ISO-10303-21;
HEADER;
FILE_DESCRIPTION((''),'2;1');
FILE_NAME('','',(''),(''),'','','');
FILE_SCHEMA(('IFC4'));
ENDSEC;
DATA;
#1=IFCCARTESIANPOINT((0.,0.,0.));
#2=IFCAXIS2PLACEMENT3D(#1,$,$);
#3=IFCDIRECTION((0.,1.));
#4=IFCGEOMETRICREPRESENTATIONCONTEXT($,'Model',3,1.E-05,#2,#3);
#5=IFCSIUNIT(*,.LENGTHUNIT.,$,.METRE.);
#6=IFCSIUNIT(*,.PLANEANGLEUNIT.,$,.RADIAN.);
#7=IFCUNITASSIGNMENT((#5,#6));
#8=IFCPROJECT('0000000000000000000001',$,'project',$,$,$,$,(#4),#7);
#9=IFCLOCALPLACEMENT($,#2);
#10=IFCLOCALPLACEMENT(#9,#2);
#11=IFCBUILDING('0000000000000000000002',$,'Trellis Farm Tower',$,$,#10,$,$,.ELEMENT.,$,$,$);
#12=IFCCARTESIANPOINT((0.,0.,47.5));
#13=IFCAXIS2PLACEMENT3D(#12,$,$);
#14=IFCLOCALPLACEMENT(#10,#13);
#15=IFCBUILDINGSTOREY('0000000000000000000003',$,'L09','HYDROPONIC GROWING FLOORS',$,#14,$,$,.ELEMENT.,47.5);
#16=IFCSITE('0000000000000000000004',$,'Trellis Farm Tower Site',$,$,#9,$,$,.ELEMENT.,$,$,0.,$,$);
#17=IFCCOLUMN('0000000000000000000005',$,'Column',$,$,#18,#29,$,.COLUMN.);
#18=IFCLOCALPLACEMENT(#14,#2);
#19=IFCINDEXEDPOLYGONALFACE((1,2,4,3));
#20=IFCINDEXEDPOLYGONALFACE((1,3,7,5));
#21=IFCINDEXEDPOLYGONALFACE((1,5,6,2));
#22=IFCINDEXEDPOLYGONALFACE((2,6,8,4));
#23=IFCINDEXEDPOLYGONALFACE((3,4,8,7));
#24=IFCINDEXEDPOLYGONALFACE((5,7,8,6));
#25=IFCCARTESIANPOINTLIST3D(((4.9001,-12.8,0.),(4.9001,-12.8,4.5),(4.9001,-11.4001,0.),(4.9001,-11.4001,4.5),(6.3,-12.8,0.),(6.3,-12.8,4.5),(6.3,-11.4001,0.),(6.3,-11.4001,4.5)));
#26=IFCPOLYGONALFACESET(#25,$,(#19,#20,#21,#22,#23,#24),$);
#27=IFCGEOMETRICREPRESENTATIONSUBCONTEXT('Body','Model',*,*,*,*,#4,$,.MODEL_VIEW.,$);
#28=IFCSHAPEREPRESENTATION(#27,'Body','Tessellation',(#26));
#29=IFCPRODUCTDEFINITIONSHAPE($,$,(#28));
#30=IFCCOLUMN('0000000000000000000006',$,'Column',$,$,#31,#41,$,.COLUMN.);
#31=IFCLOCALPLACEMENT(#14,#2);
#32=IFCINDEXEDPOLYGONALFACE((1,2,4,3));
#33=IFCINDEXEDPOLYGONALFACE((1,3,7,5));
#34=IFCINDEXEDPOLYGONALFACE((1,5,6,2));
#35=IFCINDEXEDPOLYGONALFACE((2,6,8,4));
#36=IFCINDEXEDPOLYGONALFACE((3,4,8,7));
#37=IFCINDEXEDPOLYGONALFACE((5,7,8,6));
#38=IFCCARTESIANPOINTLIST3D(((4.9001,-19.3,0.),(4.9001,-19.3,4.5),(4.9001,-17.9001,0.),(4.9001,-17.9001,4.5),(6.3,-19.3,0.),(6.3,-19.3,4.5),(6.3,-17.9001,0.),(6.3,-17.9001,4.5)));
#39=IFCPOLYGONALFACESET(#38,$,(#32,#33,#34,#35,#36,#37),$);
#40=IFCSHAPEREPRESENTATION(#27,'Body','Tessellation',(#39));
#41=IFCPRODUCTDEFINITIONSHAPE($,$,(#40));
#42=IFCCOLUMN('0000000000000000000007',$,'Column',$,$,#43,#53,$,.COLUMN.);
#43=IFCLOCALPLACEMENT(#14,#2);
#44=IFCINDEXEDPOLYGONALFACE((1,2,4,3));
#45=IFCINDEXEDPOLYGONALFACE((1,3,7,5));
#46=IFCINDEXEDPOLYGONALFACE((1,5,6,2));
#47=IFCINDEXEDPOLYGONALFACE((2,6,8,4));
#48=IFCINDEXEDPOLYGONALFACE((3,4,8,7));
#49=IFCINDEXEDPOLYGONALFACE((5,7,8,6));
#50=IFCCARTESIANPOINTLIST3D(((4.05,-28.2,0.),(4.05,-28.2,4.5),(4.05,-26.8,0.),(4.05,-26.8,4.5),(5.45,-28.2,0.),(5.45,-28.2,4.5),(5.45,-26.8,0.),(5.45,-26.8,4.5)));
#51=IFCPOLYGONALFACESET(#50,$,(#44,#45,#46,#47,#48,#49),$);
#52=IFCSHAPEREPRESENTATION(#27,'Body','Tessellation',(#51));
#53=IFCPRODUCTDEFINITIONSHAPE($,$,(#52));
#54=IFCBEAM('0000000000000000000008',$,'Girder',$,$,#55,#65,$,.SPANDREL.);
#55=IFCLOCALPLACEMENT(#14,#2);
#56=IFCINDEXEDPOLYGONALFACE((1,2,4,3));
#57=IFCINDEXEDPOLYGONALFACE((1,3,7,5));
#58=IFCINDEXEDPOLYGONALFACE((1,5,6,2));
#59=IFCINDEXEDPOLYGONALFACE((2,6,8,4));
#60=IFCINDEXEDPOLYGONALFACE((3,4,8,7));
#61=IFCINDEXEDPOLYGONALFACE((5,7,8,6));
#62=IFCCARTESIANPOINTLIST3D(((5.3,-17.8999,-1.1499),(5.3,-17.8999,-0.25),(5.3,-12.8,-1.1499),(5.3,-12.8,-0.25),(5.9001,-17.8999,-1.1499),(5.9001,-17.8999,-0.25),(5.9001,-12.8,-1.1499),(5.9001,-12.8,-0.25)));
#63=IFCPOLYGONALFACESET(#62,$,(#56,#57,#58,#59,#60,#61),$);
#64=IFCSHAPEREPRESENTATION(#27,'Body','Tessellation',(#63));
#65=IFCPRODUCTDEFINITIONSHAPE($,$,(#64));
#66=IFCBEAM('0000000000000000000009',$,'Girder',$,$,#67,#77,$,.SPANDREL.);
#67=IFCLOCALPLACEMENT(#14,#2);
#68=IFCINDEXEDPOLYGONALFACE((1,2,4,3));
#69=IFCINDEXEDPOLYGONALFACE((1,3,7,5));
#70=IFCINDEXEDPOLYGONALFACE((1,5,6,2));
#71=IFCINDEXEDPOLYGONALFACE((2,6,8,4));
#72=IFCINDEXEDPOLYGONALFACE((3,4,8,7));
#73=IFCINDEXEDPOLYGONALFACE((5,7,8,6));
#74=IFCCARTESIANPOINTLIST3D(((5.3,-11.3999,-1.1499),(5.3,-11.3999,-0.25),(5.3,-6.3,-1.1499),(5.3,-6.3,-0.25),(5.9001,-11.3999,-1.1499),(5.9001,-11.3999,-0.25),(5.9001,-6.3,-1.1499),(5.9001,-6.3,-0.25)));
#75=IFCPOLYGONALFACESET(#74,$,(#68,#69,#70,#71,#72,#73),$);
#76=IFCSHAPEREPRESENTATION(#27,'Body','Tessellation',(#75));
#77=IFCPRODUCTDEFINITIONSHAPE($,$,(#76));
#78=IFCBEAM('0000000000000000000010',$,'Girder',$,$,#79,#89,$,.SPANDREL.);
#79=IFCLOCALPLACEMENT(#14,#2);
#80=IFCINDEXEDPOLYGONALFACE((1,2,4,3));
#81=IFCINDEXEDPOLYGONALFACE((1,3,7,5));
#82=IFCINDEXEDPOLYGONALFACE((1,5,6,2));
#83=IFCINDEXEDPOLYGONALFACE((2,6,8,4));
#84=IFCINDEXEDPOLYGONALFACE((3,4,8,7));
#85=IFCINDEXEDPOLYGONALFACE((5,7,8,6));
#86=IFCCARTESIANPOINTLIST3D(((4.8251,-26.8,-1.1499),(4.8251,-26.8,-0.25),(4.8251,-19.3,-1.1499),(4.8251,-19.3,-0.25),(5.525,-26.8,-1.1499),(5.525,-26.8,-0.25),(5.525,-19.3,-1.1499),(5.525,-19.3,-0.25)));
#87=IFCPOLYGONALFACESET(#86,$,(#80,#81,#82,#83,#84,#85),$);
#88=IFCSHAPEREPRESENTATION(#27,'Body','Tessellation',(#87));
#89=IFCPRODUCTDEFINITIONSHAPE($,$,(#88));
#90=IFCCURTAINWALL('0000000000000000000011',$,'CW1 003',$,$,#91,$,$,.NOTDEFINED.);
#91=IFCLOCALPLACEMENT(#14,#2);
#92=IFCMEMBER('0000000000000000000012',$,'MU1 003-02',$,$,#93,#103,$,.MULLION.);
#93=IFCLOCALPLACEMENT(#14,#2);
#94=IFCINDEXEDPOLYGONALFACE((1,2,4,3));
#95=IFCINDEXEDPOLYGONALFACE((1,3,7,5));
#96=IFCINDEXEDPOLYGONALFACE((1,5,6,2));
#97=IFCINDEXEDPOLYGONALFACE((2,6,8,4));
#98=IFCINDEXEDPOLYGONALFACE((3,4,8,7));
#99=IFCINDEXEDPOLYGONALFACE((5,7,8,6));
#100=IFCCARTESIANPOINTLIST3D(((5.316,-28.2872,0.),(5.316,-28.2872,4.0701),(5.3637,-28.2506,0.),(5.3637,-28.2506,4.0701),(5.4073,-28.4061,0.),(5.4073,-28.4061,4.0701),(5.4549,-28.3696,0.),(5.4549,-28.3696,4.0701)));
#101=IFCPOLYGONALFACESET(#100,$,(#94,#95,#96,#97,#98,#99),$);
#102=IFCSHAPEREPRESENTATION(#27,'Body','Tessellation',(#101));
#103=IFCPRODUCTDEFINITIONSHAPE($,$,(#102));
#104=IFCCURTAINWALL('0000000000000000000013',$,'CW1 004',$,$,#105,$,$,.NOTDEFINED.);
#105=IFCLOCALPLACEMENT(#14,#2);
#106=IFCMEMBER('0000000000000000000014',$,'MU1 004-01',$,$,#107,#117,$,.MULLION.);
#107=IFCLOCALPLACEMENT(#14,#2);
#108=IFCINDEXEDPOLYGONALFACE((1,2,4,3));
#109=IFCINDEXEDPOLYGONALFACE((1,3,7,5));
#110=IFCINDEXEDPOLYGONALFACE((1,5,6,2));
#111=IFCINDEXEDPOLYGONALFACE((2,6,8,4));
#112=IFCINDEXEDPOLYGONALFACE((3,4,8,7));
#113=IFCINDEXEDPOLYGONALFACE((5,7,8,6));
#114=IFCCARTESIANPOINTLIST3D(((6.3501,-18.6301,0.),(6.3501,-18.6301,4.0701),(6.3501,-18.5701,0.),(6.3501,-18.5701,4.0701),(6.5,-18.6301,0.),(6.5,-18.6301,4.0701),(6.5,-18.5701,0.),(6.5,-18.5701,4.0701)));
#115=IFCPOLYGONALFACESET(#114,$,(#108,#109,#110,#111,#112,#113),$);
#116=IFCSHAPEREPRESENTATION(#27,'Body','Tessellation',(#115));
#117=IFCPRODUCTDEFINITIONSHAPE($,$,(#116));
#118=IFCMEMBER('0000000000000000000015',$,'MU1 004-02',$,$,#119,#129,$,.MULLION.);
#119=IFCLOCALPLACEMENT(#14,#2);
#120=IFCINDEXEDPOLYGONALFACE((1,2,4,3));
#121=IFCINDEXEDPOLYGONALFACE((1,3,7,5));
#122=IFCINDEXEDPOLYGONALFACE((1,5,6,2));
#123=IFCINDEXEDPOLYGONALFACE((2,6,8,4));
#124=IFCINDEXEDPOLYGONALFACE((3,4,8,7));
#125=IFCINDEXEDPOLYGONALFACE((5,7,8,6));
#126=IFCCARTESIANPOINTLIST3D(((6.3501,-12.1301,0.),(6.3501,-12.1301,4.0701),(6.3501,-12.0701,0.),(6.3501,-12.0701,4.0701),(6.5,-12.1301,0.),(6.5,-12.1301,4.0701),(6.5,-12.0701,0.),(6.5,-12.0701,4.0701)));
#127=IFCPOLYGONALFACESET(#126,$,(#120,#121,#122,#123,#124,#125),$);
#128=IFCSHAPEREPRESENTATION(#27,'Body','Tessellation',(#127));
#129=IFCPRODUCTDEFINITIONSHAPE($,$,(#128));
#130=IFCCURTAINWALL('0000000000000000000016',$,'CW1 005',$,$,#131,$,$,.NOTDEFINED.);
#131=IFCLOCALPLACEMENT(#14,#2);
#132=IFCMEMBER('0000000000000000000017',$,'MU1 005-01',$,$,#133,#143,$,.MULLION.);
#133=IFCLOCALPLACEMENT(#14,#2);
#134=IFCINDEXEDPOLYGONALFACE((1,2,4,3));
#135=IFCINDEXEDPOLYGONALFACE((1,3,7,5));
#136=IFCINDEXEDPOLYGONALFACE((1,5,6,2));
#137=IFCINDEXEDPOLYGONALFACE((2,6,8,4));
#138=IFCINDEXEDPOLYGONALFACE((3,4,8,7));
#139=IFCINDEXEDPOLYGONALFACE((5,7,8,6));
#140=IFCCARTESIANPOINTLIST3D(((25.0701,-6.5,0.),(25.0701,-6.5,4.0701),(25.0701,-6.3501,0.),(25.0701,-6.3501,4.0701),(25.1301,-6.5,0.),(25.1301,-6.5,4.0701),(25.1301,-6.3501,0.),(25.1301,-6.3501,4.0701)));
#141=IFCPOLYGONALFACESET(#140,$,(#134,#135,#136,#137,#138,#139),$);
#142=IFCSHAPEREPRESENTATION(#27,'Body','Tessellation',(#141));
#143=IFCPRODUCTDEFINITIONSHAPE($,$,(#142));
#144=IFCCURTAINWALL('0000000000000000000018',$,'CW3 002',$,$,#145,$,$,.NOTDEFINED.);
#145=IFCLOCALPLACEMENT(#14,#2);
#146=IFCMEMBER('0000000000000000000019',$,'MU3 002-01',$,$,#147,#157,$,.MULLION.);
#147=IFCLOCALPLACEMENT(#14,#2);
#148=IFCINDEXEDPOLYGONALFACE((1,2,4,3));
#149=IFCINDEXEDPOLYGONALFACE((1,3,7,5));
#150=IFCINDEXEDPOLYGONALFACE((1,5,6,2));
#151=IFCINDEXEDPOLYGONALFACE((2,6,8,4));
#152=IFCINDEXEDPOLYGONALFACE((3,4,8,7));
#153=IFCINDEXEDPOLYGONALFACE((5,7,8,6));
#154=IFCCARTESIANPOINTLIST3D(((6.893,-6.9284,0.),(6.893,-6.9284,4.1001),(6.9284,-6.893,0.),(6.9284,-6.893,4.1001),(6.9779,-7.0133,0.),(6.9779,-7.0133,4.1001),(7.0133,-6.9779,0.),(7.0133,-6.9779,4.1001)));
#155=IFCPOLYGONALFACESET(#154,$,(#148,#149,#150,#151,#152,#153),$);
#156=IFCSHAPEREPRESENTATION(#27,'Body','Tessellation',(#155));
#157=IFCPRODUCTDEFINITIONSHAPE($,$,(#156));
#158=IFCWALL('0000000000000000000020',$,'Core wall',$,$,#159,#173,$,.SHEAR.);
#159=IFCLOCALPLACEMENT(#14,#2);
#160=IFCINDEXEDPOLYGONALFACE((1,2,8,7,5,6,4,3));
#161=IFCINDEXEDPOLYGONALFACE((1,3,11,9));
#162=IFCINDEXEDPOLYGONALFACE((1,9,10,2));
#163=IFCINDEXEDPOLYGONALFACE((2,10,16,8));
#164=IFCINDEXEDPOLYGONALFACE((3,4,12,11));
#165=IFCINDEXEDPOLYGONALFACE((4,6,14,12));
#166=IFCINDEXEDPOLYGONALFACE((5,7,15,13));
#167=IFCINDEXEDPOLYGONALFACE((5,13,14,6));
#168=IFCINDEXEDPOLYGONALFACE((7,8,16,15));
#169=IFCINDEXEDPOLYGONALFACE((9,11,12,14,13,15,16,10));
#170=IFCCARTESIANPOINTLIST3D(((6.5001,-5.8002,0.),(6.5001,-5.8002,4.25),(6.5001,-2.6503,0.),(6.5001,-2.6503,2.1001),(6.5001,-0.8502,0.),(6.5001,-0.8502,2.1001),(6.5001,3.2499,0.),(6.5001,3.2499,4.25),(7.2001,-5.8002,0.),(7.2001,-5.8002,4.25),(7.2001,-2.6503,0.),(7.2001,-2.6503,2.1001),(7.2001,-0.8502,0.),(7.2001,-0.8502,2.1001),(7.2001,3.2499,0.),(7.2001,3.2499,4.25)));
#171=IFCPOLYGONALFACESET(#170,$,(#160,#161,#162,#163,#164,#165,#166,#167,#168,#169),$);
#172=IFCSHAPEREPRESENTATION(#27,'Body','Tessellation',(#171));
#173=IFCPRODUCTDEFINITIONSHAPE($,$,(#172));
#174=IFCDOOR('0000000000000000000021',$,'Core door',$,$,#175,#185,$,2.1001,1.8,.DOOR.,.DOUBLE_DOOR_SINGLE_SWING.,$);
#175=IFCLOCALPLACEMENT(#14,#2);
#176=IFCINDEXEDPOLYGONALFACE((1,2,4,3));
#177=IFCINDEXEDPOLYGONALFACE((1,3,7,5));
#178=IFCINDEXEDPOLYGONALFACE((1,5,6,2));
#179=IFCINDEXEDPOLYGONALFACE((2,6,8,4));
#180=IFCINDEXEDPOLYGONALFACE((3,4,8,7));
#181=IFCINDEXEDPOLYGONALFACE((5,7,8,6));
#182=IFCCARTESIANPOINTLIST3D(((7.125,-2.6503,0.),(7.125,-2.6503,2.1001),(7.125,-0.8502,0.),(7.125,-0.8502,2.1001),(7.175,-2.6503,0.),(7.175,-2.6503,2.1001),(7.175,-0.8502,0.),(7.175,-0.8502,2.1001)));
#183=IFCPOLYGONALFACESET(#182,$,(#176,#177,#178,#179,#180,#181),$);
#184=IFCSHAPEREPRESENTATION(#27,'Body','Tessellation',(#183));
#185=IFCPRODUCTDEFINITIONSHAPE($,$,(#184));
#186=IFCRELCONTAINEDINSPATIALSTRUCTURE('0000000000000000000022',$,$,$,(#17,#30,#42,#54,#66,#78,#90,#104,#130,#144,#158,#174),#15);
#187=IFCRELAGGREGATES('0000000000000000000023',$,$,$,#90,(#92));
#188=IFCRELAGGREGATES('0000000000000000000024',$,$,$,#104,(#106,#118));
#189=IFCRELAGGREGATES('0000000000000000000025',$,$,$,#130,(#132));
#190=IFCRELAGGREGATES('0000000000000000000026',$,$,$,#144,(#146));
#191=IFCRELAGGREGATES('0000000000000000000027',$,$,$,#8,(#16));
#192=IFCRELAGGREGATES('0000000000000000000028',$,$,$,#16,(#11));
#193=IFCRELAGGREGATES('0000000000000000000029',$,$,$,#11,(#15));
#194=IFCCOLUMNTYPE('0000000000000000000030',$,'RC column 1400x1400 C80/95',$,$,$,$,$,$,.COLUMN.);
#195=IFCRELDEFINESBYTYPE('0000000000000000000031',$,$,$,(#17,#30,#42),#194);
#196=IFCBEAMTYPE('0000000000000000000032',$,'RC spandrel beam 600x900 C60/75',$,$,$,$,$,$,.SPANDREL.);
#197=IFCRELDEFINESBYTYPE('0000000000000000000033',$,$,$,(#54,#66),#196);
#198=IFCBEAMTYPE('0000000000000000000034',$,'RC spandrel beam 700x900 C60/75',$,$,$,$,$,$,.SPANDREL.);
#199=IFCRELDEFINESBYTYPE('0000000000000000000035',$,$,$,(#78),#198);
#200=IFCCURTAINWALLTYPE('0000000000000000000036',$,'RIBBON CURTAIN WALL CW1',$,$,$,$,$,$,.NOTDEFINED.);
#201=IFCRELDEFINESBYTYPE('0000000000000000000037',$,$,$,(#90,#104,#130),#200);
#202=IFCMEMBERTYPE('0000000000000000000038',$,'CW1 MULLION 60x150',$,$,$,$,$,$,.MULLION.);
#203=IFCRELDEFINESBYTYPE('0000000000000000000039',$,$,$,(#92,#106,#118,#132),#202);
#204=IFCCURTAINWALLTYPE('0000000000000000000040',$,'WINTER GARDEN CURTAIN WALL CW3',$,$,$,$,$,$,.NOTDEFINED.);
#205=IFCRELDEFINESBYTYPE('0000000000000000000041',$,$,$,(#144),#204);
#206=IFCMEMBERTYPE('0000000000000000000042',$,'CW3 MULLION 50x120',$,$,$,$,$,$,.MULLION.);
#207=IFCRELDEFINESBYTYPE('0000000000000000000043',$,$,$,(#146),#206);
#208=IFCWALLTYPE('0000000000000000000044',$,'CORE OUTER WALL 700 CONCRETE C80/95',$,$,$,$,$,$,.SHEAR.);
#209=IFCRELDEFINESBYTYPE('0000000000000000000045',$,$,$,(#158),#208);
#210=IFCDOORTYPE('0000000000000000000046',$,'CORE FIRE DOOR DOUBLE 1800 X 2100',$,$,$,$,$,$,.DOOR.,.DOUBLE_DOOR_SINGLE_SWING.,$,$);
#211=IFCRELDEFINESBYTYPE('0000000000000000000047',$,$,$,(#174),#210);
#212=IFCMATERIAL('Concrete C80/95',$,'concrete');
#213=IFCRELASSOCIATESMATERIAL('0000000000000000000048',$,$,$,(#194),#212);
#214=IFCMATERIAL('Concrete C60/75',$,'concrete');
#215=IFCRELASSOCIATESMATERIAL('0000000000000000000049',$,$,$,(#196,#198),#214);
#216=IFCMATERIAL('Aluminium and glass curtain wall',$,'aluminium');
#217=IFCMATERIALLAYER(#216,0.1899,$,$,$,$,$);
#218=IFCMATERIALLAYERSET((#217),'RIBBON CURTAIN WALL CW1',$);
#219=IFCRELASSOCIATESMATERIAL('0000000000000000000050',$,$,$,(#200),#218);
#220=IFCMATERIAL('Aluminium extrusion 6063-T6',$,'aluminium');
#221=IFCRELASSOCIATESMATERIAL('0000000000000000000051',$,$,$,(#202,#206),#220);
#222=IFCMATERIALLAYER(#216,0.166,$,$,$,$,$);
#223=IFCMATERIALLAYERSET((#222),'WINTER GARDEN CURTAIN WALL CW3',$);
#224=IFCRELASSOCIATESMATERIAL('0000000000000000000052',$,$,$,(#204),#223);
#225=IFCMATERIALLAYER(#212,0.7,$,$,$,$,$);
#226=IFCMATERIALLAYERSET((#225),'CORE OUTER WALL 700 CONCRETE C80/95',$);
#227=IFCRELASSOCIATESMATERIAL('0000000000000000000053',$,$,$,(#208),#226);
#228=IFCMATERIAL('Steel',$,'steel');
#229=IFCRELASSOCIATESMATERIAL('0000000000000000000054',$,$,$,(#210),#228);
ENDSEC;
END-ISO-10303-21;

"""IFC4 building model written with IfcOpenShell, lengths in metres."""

from ifc_helpers import new_model, si_unit, direction, frame, frame_2d, origin, origin_2d, place, context, subcontext, project, spatial, rectangle, extrude, source, transform, mapped, material, layer, layer_set, material_profile, profile_set, type_object, element, fill, aggregate, save


model = new_model("IFC4")

# Units and contexts
model_context = context("Model", 3, precision=1e-05, world=origin(), true_north=direction((0.0, 1.0)))
body_context = subcontext(model_context, "Body", "Model", "MODEL_VIEW")
ifc_project = project(units=[si_unit("LENGTHUNIT", "METRE"), si_unit("PLANEANGLEUNIT", "RADIAN")], contexts=[model_context])

# Site, building, storey
site_placement = place(None, origin())
site = spatial("IfcSite", under=ifc_project, at=site_placement, Name="Trellis Farm Tower Site", CompositionType="ELEMENT", RefElevation=0.0)
building_placement = place(site_placement, origin())
building = spatial("IfcBuilding", under=site, at=building_placement, Name="Trellis Farm Tower", CompositionType="ELEMENT")
storey_placement = place(building_placement, frame((0.0, 0.0, 47.5)))
storey = spatial("IfcBuildingStorey", under=building, at=storey_placement, Name="L09", Description="HYDROPONIC GROWING FLOORS", CompositionType="ELEMENT", Elevation=47.5)

# Columns
ifc_material_1 = material(Name="Concrete C80/95", Category="concrete")
ifc_material_profile_1 = material_profile(ifc_material_1, rectangle(XDim=1.3999, YDim=1.3999, at=origin_2d()), Name="RC column 1400x1400 C80/95")
ifc_profile_set_1 = profile_set([ifc_material_profile_1], Name="Concrete C80/95")
column_type = type_object("IfcColumnType", Name="RC column 1400x1400 C80/95", PredefinedType="COLUMN", material=ifc_profile_set_1)
shared_shape_1 = source(origin(), body_context, "Body", "SweptSolid", [
    extrude(rectangle(XDim=1.3999, YDim=1.3999, at=origin_2d()), origin(), (0.0, 0.0, 1.0), 4.5),
])
for number, where, z_axis, x_axis, name in (
    (1, (5.6001, -12.1001, 0.0), (0.0, 0.0, 1.0), (1.0, 0.0, 0.0), "Column"),
    (2, (5.6001, -18.6001, 0.0), (0.0, 0.0, 1.0), (1.0, 0.0, 0.0), "Column"),
    (3, (4.75, -27.5, 0.0), (0.0, 0.0, 1.0), (1.0, 0.0, 0.0), "Column"),
):
    element("IfcColumn", number, at=place(storey_placement, frame(where, z_axis=z_axis, x_axis=x_axis)), inside=storey, type_object=column_type, Name=name, PredefinedType="COLUMN", context=body_context, shape_type="MappedRepresentation", body=[
        mapped(shared_shape_1, transform((0.0, 0.0, 0.0))),
    ])

# Beams
ifc_material_2 = material(Name="Concrete C60/75", Category="concrete")
ifc_material_profile_2 = material_profile(ifc_material_2, rectangle(XDim=0.6001, YDim=0.8999, at=origin_2d()), Name="RC spandrel beam 600x900 C60/75")
ifc_profile_set_2 = profile_set([ifc_material_profile_2], Name="Concrete C60/75")
beam_type_1 = type_object("IfcBeamType", Name="RC spandrel beam 600x900 C60/75", PredefinedType="SPANDREL", material=ifc_profile_set_2)
shared_shape_2 = source(origin(), body_context, "Body", "SweptSolid", [
    extrude(rectangle(XDim=0.6001, YDim=0.8999, at=origin_2d()), origin(), (0.0, 0.0, 1.0), 5.0999),
])
for number, where, z_axis, x_axis, name in (
    (4, (5.6001, -17.8999, -0.7), (0.0, 1.0, 0.0), (-1.0, 0.0, 0.0), "Girder"),
    (5, (5.6001, -11.3999, -0.7), (0.0, 1.0, 0.0), (-1.0, 0.0, 0.0), "Girder"),
):
    element("IfcBeam", number, at=place(storey_placement, frame(where, z_axis=z_axis, x_axis=x_axis)), inside=storey, type_object=beam_type_1, Name=name, PredefinedType="SPANDREL", context=body_context, shape_type="MappedRepresentation", body=[
        mapped(shared_shape_2, transform((0.0, 0.0, 0.0))),
    ])
ifc_material_profile_3 = material_profile(ifc_material_2, rectangle(XDim=0.7, YDim=0.8999, at=origin_2d()), Name="RC spandrel beam 700x900 C60/75")
ifc_profile_set_3 = profile_set([ifc_material_profile_3], Name="Concrete C60/75")
beam_type_2 = type_object("IfcBeamType", Name="RC spandrel beam 700x900 C60/75", PredefinedType="SPANDREL", material=ifc_profile_set_3)
shared_shape_3 = source(origin(), body_context, "Body", "SweptSolid", [
    extrude(rectangle(XDim=0.7, YDim=0.8999, at=origin_2d()), origin(), (0.0, 0.0, 1.0), 7.5),
])
beam_placement = place(storey_placement, frame((5.175, -26.8, -0.7), z_axis=(0.0, 1.0, 0.0), x_axis=(-1.0, 0.0, 0.0)))
element("IfcBeam", 6, at=beam_placement, inside=storey, type_object=beam_type_2, Name="Girder", PredefinedType="SPANDREL", context=body_context, shape_type="MappedRepresentation", body=[
    mapped(shared_shape_3, transform((0.0, 0.0, 0.0))),
])

# Curtain wall, member
ifc_material_3 = material(Name="Aluminium and glass curtain wall", Category="aluminium")
ifc_layer_1 = layer(ifc_material_3, 0.1899)
ifc_layer_set_1 = layer_set([ifc_layer_1], Name="RIBBON CURTAIN WALL CW1")
curtain_wall_type_1 = type_object("IfcCurtainWallType", Name="RIBBON CURTAIN WALL CW1", PredefinedType="NOTDEFINED", material=ifc_layer_set_1)
placement = place(storey_placement, origin())
curtain_wall_1 = element("IfcCurtainWall", 7, at=placement, inside=storey, type_object=curtain_wall_type_1, Name="CW1 003", PredefinedType="NOTDEFINED")
ifc_material_4 = material(Name="Aluminium extrusion 6063-T6", Category="aluminium")
ifc_material_profile_4 = material_profile(ifc_material_4, rectangle(XDim=0.0601, YDim=0.1499, at=origin_2d()), Name="MULLION 60x150")
ifc_profile_set_4 = profile_set([ifc_material_profile_4], Name="Aluminium extrusion 6063-T6")
member_type_1 = type_object("IfcMemberType", Name="CW1 MULLION 60x150", PredefinedType="MULLION", material=ifc_profile_set_4)
shared_shape_4 = source(origin(), body_context, "Body", "SweptSolid", [
    extrude(rectangle(XDim=0.0601, YDim=0.1499, at=origin_2d()), origin(), (0.0, 0.0, 1.0), 4.0701),
])
member_1_placement = place(storey_placement, frame((5.3855, -28.3284, 0.0), z_axis=(0.0, 0.0, 1.0), x_axis=(0.793353, 0.608761, 0.0)))
member_1 = element("IfcMember", 8, at=member_1_placement, type_object=member_type_1, Name="MU1 003-02", PredefinedType="MULLION", context=body_context, shape_type="MappedRepresentation", body=[
    mapped(shared_shape_4, transform((0.0, 0.0, 0.0))),
])
aggregate(curtain_wall_1, [member_1])

# Curtain wall, members
curtain_wall_2 = element("IfcCurtainWall", 9, at=placement, inside=storey, type_object=curtain_wall_type_1, Name="CW1 004", PredefinedType="NOTDEFINED")
member_2_placement = place(storey_placement, frame((6.425, -18.6001, 0.0), z_axis=(0.0, 0.0, 1.0), x_axis=(0.0, 1.0, 0.0)))
member_2 = element("IfcMember", 10, at=member_2_placement, type_object=member_type_1, Name="MU1 004-01", PredefinedType="MULLION", context=body_context, shape_type="MappedRepresentation", body=[
    mapped(shared_shape_4, transform((0.0, 0.0, 0.0))),
])
member_3_placement = place(storey_placement, frame((6.425, -12.1001, 0.0), z_axis=(0.0, 0.0, 1.0), x_axis=(0.0, 1.0, 0.0)))
member_3 = element("IfcMember", 11, at=member_3_placement, type_object=member_type_1, Name="MU1 004-02", PredefinedType="MULLION", context=body_context, shape_type="MappedRepresentation", body=[
    mapped(shared_shape_4, transform((0.0, 0.0, 0.0))),
])
aggregate(curtain_wall_2, [member_2, member_3])

# Curtain walls, members
curtain_wall_3 = element("IfcCurtainWall", 12, at=placement, inside=storey, type_object=curtain_wall_type_1, Name="CW1 005", PredefinedType="NOTDEFINED")
member_4_placement = place(storey_placement, frame((25.1001, -6.425, 0.0), z_axis=(0.0, 0.0, 1.0), x_axis=(1.0, 0.0, 0.0)))
member_4 = element("IfcMember", 13, at=member_4_placement, type_object=member_type_1, Name="MU1 005-01", PredefinedType="MULLION", context=body_context, shape_type="MappedRepresentation", body=[
    mapped(shared_shape_4, transform((0.0, 0.0, 0.0))),
])
aggregate(curtain_wall_3, [member_4])
ifc_layer_2 = layer(ifc_material_3, 0.166)
ifc_layer_set_2 = layer_set([ifc_layer_2], Name="WINTER GARDEN CURTAIN WALL CW3")
curtain_wall_type_2 = type_object("IfcCurtainWallType", Name="WINTER GARDEN CURTAIN WALL CW3", PredefinedType="NOTDEFINED", material=ifc_layer_set_2)
curtain_wall_4 = element("IfcCurtainWall", 14, at=placement, inside=storey, type_object=curtain_wall_type_2, Name="CW3 002", PredefinedType="NOTDEFINED")
ifc_material_profile_5 = material_profile(ifc_material_4, rectangle(XDim=0.05, YDim=0.1201, at=origin_2d()), Name="MULLION 50x120")
ifc_profile_set_5 = profile_set([ifc_material_profile_5], Name="Aluminium extrusion 6063-T6")
member_type_2 = type_object("IfcMemberType", Name="CW3 MULLION 50x120", PredefinedType="MULLION", material=ifc_profile_set_5)
shared_shape_5 = source(origin(), body_context, "Body", "SweptSolid", [
    extrude(rectangle(XDim=0.05, YDim=0.1201, at=origin_2d()), origin(), (0.0, 0.0, 1.0), 4.1001),
])
member_5_placement = place(storey_placement, frame((6.9531, -6.9531, 0.0), z_axis=(0.0, 0.0, 1.0), x_axis=(0.707107, 0.707107, 0.0)))
member_5 = element("IfcMember", 15, at=member_5_placement, type_object=member_type_2, Name="MU3 002-01", PredefinedType="MULLION", context=body_context, shape_type="MappedRepresentation", body=[
    mapped(shared_shape_5, transform((0.0, 0.0, 0.0))),
])
aggregate(curtain_wall_4, [member_5])

# Wall, opening, door
ifc_layer_3 = layer(ifc_material_1, 0.7)
ifc_layer_set_3 = layer_set([ifc_layer_3], Name="CORE OUTER WALL 700 CONCRETE C80/95")
wall_type_1 = type_object("IfcWallType", Name="CORE OUTER WALL 700 CONCRETE C80/95", PredefinedType="SHEAR", material=ifc_layer_set_3)
shared_shape_6 = source(origin(), body_context, "Body", "SweptSolid", [
    extrude(rectangle(XDim=9.05, YDim=0.7, at=frame_2d((4.5249, 0.0))), origin(), (0.0, 0.0, 1.0), 4.25),
])
wall_1_placement = place(storey_placement, frame((6.8501, -5.8, 0.0), z_axis=(0.0, 0.0, 1.0), x_axis=(0.0, 1.0, 0.0)))
wall_1 = element("IfcWall", 16, at=wall_1_placement, inside=storey, type_object=wall_type_1, Name="Core wall", PredefinedType="SHEAR", context=body_context, shape_type="MappedRepresentation", body=[
    mapped(shared_shape_6, transform((0.0, 0.0, 0.0))),
])
shared_shape_7 = source(origin(), body_context, "Body", "SweptSolid", [
    extrude(rectangle(XDim=1.8, YDim=2.1001, at=frame_2d((0.8999, 1.05))), frame((0.0, 0.3601, 0.0), z_axis=(0.0, -1.0, 0.0), x_axis=(1.0, 0.0, 0.0)), (0.0, 0.0, 1.0), 0.7202),
])
opening_1_placement = place(wall_1_placement, frame((3.1499, 0.0, 0.0)))
opening_1 = element("IfcOpeningElement", 17, at=opening_1_placement, cuts=wall_1, PredefinedType="OPENING", context=body_context, shape_type="MappedRepresentation", body=[
    mapped(shared_shape_7, transform((0.0, 0.0, 0.0))),
])
ifc_material_5 = material(Name="Steel", Category="steel")
door_type_1 = type_object("IfcDoorType", Name="CORE FIRE DOOR DOUBLE 1800 X 2100", OperationType="DOUBLE_DOOR_SINGLE_SWING", PredefinedType="DOOR", material=ifc_material_5)
shared_shape_8 = source(origin(), body_context, "Body", "SweptSolid", [
    extrude(rectangle(XDim=1.8, YDim=2.1001, at=frame_2d((0.8999, 1.05))), frame((0.0, -0.2749, 0.0), z_axis=(0.0, -1.0, 0.0), x_axis=(1.0, 0.0, 0.0)), (0.0, 0.0, 1.0), 0.05),
])
door_1_placement = place(opening_1_placement, origin())
door_1 = element("IfcDoor", 18, at=door_1_placement, inside=storey, type_object=door_type_1, Name="Core door", OperationType="DOUBLE_DOOR_SINGLE_SWING", OverallHeight=2.1001, OverallWidth=1.8, PredefinedType="DOOR", context=body_context, shape_type="MappedRepresentation", body=[
    mapped(shared_shape_8, transform((0.0, 0.0, 0.0))),
])
fill(opening_1, door_1)

save(model, "model.ifc")
